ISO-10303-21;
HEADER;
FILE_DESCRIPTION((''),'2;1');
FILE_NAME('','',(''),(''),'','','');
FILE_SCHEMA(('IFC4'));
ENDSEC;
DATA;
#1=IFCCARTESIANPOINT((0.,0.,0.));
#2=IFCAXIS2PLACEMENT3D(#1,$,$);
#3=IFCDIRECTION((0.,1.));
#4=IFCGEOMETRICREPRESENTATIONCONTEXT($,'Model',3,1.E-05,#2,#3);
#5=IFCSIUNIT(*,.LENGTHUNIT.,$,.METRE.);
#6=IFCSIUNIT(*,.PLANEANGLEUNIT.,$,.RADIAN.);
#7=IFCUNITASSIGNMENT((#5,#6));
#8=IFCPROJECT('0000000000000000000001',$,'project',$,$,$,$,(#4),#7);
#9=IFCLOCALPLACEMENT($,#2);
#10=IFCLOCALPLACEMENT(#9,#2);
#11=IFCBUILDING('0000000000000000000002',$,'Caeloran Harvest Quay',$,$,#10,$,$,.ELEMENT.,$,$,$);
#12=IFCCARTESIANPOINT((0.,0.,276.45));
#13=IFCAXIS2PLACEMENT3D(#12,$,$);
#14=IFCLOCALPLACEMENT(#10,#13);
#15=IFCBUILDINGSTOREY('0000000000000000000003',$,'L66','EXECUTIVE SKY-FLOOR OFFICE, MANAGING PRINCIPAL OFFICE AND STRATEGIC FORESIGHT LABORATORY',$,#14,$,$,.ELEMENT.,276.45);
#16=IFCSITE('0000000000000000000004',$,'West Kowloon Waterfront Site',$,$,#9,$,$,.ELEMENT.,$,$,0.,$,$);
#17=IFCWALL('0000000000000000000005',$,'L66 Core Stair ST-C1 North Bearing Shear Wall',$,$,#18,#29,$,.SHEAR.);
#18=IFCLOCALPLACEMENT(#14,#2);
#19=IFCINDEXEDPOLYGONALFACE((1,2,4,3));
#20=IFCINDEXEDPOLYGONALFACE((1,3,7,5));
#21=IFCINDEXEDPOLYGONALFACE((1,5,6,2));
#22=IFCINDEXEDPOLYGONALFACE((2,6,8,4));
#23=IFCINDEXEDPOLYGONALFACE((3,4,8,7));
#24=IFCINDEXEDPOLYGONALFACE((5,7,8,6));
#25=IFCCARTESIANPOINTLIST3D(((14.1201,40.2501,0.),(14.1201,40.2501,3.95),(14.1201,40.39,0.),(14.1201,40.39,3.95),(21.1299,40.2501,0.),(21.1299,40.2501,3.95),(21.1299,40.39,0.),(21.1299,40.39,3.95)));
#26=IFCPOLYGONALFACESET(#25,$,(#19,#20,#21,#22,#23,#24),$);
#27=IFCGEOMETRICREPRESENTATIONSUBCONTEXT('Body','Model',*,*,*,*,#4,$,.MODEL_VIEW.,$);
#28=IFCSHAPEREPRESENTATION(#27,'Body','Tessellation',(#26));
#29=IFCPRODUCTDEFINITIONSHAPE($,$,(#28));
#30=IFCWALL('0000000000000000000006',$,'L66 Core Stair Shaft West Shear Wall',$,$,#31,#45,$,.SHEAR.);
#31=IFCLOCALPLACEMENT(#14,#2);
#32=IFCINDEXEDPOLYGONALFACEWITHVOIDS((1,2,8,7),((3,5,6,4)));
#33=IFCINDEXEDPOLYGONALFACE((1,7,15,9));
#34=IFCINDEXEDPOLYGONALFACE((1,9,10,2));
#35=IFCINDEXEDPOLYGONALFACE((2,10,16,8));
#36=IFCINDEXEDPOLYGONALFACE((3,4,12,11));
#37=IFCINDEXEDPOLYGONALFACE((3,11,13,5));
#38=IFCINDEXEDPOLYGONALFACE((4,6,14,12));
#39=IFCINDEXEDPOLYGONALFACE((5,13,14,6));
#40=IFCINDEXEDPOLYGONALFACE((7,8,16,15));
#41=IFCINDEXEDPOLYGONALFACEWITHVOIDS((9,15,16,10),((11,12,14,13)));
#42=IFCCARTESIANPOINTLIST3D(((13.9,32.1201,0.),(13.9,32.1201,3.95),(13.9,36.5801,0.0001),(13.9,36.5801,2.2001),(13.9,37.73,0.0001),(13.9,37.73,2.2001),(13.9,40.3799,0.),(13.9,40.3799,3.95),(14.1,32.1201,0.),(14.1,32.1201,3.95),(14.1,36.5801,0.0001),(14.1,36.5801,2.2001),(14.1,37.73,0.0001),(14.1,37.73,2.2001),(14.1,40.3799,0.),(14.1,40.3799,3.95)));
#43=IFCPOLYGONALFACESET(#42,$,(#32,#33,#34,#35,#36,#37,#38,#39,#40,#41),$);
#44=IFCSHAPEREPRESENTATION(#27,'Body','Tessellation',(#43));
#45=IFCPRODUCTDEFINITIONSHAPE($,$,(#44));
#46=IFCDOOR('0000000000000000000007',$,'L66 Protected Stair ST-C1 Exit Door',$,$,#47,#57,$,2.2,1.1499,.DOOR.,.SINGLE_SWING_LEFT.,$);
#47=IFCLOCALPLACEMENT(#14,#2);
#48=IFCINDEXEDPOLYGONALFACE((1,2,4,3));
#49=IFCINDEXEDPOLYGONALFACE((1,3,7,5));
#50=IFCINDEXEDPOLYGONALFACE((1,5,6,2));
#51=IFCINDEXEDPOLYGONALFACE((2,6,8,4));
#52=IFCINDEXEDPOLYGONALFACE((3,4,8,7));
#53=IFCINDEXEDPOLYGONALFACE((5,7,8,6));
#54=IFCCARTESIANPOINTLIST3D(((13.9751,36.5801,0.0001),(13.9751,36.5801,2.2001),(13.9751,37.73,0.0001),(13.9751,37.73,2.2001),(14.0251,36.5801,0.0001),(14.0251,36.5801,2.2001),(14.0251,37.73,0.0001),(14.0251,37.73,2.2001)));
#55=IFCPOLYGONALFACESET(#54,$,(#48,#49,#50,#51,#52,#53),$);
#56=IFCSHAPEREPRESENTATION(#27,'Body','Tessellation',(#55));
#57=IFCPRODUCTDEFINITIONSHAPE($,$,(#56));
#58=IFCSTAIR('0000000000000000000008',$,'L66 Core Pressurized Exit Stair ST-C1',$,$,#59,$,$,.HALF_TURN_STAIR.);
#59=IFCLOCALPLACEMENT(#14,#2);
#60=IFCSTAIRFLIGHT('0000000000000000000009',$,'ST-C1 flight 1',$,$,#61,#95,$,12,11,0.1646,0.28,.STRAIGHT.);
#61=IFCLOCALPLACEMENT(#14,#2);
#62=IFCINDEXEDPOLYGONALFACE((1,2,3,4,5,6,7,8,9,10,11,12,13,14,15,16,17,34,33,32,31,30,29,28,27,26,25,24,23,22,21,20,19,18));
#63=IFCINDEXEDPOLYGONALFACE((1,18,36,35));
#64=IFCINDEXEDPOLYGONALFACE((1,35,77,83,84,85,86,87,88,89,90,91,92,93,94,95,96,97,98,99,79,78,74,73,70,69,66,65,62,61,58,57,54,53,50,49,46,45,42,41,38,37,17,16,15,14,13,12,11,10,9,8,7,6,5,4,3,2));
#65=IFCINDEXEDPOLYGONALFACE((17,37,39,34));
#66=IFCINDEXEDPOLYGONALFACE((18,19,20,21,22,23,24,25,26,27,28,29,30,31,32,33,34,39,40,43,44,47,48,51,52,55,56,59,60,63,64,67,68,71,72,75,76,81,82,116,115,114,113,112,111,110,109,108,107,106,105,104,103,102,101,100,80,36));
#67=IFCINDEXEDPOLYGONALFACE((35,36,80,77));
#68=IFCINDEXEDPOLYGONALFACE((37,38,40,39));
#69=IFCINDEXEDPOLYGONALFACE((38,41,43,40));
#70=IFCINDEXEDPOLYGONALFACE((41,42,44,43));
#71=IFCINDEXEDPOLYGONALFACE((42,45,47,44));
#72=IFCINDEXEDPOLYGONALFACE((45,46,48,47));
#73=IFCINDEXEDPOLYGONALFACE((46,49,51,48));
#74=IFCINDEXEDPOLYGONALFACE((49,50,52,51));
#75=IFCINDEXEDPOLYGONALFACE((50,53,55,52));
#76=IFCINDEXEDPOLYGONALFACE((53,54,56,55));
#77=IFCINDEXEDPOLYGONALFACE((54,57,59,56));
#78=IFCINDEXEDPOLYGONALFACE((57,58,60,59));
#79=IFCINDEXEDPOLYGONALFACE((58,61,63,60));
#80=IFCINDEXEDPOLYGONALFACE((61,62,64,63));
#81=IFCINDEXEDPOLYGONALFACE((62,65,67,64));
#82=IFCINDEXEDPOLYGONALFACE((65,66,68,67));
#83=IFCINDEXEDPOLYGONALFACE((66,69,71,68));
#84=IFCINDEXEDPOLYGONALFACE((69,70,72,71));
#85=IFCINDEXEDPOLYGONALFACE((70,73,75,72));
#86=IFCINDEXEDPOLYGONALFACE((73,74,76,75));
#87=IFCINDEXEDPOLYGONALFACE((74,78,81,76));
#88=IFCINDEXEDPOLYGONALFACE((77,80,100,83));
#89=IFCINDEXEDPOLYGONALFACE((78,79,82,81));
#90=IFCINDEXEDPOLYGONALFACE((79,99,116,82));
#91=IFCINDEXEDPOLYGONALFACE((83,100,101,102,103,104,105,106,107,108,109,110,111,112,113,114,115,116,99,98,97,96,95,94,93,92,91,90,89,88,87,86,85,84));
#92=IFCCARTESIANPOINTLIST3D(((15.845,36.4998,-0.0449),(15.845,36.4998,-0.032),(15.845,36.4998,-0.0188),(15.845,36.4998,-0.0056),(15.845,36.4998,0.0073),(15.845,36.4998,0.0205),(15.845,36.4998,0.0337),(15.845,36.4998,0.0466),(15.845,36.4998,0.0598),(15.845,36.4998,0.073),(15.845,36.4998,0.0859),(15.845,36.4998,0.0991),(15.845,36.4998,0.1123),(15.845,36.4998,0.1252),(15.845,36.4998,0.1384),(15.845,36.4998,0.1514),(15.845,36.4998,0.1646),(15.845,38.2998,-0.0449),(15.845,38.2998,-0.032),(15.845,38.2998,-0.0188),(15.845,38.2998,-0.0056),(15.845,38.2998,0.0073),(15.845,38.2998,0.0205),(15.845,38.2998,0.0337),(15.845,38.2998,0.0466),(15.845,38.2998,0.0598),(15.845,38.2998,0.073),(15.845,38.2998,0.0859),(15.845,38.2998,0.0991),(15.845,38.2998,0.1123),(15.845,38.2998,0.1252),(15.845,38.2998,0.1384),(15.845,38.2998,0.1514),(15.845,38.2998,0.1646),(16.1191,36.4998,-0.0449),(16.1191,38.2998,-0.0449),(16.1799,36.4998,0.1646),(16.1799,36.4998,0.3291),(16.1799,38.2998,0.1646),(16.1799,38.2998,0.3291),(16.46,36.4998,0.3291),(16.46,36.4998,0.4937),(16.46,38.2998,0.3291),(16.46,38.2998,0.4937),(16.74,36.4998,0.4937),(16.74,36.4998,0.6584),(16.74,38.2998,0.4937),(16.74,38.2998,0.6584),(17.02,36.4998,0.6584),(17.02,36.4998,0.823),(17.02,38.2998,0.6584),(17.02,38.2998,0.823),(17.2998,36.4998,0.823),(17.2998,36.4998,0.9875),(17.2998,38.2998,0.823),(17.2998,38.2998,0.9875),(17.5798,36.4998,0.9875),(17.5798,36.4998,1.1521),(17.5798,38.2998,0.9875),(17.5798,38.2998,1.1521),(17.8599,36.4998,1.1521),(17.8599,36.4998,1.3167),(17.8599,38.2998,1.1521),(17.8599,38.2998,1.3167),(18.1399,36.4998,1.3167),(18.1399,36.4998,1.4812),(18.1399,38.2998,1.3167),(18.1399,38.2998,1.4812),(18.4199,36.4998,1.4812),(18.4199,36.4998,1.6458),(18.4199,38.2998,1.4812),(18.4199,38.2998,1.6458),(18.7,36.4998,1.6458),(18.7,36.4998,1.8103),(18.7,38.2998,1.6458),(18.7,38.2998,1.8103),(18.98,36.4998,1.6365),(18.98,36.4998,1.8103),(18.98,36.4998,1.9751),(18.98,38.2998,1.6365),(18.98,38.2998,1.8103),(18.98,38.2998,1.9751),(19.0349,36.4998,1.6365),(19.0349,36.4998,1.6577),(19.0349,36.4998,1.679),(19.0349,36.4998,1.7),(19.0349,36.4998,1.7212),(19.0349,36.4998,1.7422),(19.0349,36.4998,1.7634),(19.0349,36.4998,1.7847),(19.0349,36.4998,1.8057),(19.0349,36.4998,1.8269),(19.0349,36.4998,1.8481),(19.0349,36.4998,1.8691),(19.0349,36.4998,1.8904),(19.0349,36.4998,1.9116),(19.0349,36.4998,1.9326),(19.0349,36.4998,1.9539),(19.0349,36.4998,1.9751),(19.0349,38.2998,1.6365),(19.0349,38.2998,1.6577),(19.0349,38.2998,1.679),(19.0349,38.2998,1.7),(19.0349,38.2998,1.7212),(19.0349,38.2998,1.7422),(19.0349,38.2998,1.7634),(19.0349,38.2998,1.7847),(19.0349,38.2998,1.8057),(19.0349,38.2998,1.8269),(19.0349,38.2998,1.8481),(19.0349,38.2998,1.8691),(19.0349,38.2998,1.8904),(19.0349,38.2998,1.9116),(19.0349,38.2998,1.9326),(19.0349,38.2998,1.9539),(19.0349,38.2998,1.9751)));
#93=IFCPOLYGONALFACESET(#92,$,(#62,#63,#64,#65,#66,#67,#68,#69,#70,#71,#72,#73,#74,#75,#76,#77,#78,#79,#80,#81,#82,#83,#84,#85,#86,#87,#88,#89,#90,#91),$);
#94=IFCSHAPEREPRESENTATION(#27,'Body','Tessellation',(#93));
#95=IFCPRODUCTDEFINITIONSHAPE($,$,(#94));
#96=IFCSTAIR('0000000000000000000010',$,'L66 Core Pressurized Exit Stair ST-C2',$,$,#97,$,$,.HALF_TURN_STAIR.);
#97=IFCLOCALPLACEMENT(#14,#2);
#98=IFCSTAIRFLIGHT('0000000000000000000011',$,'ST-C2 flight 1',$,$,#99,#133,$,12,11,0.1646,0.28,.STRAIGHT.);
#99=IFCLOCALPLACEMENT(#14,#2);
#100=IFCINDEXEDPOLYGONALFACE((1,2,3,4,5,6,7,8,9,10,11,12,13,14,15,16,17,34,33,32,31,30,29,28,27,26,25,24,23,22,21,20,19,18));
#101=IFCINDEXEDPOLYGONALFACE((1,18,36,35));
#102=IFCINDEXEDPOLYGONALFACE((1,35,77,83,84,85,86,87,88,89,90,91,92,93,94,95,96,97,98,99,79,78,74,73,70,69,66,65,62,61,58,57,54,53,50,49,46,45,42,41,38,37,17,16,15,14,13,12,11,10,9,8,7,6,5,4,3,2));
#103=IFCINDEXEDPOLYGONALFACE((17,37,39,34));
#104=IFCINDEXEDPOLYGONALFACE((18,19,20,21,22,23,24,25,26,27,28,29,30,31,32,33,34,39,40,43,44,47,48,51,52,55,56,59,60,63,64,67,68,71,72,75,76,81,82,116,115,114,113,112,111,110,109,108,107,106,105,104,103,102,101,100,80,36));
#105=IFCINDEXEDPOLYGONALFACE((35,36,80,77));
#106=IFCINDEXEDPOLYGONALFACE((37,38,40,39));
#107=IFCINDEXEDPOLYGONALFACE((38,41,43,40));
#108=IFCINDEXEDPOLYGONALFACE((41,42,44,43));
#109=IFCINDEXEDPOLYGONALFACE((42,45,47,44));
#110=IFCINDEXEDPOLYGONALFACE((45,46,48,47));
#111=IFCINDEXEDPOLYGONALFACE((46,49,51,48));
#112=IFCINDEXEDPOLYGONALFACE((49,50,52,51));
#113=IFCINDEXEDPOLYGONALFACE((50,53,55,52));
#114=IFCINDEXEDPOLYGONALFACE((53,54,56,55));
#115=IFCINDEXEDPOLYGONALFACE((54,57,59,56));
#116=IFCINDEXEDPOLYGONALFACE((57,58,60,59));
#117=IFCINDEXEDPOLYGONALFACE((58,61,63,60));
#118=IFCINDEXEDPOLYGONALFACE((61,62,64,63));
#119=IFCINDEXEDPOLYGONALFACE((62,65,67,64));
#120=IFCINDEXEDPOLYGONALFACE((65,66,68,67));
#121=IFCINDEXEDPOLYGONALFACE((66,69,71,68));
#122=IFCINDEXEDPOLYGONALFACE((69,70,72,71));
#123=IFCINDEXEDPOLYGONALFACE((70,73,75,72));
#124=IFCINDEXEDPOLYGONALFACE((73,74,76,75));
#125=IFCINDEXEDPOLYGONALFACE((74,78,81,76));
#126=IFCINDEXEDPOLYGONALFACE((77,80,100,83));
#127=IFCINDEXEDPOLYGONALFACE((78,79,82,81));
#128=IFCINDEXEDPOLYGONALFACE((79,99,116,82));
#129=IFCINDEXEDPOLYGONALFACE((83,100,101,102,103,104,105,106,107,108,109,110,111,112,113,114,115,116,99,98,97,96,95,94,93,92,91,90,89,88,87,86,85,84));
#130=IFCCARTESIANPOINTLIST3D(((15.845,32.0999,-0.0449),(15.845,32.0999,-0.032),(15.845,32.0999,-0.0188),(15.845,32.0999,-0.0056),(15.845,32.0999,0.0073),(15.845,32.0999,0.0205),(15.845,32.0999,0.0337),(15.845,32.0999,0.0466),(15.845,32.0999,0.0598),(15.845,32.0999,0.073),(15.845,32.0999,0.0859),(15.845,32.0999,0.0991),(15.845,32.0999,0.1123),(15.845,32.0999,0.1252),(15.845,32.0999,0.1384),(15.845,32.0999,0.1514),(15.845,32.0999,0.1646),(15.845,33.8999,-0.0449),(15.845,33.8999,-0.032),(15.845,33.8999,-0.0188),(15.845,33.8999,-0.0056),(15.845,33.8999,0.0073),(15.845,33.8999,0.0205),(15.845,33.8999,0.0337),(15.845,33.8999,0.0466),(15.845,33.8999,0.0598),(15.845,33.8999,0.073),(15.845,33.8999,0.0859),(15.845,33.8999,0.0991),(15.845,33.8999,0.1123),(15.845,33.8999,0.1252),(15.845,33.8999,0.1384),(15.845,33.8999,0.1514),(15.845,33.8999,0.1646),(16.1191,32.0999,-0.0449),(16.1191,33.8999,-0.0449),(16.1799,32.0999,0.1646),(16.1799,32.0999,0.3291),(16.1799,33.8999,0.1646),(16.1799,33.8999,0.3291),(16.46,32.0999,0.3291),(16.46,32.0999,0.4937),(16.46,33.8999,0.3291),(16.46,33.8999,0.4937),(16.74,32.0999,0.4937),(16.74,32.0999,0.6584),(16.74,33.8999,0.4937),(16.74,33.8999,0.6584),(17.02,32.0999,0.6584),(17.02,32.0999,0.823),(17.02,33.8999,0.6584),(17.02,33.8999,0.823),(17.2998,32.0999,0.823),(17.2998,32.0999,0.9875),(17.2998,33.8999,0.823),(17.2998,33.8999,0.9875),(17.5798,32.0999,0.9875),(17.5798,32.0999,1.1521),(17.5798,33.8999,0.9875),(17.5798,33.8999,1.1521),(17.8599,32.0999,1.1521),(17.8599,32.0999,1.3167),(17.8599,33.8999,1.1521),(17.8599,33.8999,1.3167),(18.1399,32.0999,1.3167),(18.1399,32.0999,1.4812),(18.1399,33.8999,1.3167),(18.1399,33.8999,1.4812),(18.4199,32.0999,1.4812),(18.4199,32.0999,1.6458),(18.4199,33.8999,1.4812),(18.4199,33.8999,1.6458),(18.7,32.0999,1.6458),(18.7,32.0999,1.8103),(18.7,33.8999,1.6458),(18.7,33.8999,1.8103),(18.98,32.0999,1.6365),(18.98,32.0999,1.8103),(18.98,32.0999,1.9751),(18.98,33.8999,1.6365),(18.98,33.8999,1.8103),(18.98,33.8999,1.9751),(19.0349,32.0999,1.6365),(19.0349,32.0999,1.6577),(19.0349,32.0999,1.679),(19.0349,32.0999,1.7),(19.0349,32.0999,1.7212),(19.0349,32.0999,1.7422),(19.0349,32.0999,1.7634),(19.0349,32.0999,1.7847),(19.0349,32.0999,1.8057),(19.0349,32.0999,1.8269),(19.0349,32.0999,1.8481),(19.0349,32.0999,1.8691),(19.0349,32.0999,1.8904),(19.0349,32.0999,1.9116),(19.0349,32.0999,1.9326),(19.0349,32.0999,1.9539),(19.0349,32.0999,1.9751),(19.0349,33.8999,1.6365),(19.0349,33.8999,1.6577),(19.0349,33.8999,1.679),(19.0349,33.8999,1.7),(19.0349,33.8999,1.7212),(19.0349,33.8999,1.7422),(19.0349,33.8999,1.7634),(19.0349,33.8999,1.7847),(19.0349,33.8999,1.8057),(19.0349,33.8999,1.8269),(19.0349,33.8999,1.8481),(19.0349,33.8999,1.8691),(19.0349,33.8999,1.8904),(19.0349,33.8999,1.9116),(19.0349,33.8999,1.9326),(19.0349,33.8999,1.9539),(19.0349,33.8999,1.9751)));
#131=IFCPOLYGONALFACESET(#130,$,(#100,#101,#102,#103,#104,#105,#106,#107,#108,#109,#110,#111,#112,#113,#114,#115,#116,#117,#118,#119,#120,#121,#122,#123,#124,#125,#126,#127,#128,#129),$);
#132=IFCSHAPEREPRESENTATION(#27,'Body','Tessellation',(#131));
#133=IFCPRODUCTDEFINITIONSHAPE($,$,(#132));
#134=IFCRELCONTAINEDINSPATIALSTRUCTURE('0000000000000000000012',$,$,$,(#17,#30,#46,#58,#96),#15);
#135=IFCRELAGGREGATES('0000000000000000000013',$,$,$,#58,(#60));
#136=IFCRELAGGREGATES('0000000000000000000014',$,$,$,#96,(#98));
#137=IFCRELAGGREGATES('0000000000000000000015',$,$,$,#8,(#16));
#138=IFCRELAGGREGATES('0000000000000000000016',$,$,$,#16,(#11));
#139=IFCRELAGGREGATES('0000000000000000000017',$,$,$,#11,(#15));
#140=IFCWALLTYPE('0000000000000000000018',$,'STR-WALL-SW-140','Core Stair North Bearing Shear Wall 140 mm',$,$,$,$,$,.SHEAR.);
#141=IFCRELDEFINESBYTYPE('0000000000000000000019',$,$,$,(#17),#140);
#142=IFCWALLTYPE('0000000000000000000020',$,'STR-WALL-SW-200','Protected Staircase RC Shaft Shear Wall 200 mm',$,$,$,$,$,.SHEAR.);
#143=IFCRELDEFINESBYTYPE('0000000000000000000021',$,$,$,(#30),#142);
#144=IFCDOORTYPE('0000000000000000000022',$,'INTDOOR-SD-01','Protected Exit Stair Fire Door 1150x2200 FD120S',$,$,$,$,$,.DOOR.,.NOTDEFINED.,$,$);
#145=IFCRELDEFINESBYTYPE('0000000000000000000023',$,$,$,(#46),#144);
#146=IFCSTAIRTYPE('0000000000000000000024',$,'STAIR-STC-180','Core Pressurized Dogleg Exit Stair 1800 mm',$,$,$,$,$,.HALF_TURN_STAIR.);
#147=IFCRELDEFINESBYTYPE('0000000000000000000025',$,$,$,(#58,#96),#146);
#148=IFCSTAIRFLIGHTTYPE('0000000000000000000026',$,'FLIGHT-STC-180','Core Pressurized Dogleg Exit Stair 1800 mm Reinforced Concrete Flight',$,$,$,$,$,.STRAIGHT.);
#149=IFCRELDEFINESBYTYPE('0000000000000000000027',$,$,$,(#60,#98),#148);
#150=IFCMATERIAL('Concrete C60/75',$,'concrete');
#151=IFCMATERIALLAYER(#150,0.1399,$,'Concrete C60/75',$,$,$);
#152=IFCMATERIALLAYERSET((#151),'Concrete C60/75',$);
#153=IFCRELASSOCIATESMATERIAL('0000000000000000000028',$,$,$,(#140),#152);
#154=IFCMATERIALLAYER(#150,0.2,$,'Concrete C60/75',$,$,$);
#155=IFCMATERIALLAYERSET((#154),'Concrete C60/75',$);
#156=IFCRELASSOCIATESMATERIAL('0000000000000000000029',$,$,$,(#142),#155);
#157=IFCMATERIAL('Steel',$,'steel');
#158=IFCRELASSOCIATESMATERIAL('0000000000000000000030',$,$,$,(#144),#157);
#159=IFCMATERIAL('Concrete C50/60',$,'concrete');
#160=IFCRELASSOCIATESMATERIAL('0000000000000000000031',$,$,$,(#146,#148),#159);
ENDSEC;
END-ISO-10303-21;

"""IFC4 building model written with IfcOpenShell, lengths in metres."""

from ifc_helpers import new_model, si_unit, direction, frame, frame_2d, origin, place, context, subcontext, project, spatial, polyline, rectangle, outline, extrude, material, layer, layer_set, type_object, element, fill, aggregate, save


model = new_model("IFC4")

# Units and contexts
model_context = context("Model", 3, precision=1e-05, world=origin(), true_north=direction((0.0, 1.0)))
body_context = subcontext(model_context, "Body", "Model", "MODEL_VIEW")
ifc_project = project(units=[si_unit("LENGTHUNIT", "METRE"), si_unit("PLANEANGLEUNIT", "RADIAN")], contexts=[model_context])

# Site, building, storey
site_placement = place(None, origin())
site = spatial("IfcSite", under=ifc_project, at=site_placement, Name="West Kowloon Waterfront Site", CompositionType="ELEMENT", RefElevation=0.0)
building_placement = place(site_placement, origin())
building = spatial("IfcBuilding", under=site, at=building_placement, Name="Caeloran Harvest Quay", CompositionType="ELEMENT")
storey_placement = place(building_placement, frame((0.0, 0.0, 276.45)))
storey = spatial("IfcBuildingStorey", under=building, at=storey_placement, Name="L66", Description="EXECUTIVE SKY-FLOOR OFFICE, MANAGING PRINCIPAL OFFICE AND STRATEGIC FORESIGHT LABORATORY", CompositionType="ELEMENT", Elevation=276.45)

# Wall
ifc_material_1 = material(Name="Concrete C60/75", Category="concrete")
ifc_layer_1 = layer(ifc_material_1, 0.1399, Name="Concrete C60/75")
ifc_layer_set_1 = layer_set([ifc_layer_1], Name="Concrete C60/75")
wall_type_1 = type_object("IfcWallType", Name="STR-WALL-SW-140", Description="Core Stair North Bearing Shear Wall 140 mm", PredefinedType="SHEAR", material=ifc_layer_set_1)
wall_1_placement = place(storey_placement, frame((14.1201, 40.3201, 0.0), z_axis=(0.0, 0.0, 1.0), x_axis=(1.0, 0.0, 0.0)))
element("IfcWall", 1, at=wall_1_placement, inside=storey, type_object=wall_type_1, Name="L66 Core Stair ST-C1 North Bearing Shear Wall", PredefinedType="SHEAR", context=body_context, shape_type="SweptSolid", body=[
    extrude(rectangle(XDim=7.0098, YDim=0.1399, at=frame_2d((3.5049, 0.0))), origin(), (0.0, 0.0, 1.0), 3.95),
])

# Wall, opening, door
ifc_layer_2 = layer(ifc_material_1, 0.2, Name="Concrete C60/75")
ifc_layer_set_2 = layer_set([ifc_layer_2], Name="Concrete C60/75")
wall_type_2 = type_object("IfcWallType", Name="STR-WALL-SW-200", Description="Protected Staircase RC Shaft Shear Wall 200 mm", PredefinedType="SHEAR", material=ifc_layer_set_2)
wall_2_placement = place(storey_placement, frame((14.0, 32.1201, 0.0), z_axis=(0.0, 0.0, 1.0), x_axis=(0.0, 1.0, 0.0)))
wall_2 = element("IfcWall", 2, at=wall_2_placement, inside=storey, type_object=wall_type_2, Name="L66 Core Stair Shaft West Shear Wall", PredefinedType="SHEAR", context=body_context, shape_type="SweptSolid", body=[
    extrude(rectangle(XDim=8.2598, YDim=0.2, at=frame_2d((4.1299, 0.0))), origin(), (0.0, 0.0, 1.0), 3.95),
])
opening_1_placement = place(wall_2_placement, frame((4.46, 0.0, 0.0)))
opening_1 = element("IfcOpeningElement", 3, at=opening_1_placement, cuts=wall_2, PredefinedType="OPENING", context=body_context, shape_type="SweptSolid", body=[
    extrude(rectangle(XDim=1.1499, YDim=2.2, at=frame_2d((0.575, 1.1001))), frame((0.0, 0.1099, 0.0), z_axis=(0.0, -1.0, 0.0), x_axis=(1.0, 0.0, 0.0)), (0.0, 0.0, 1.0), 0.22),
])
ifc_material_2 = material(Name="Steel", Category="steel")
door_type_1 = type_object("IfcDoorType", Name="INTDOOR-SD-01", Description="Protected Exit Stair Fire Door 1150x2200 FD120S", OperationType="NOTDEFINED", PredefinedType="DOOR", material=ifc_material_2)
door_1_placement = place(opening_1_placement, origin())
door_1 = element("IfcDoor", 4, at=door_1_placement, inside=storey, type_object=door_type_1, Name="L66 Protected Stair ST-C1 Exit Door", OperationType="SINGLE_SWING_LEFT", OverallHeight=2.2, OverallWidth=1.1499, PredefinedType="DOOR", context=body_context, shape_type="SweptSolid", body=[
    extrude(rectangle(XDim=1.1499, YDim=2.2, at=frame_2d((0.575, 1.1001))), frame((0.0, 0.0249, 0.0), z_axis=(0.0, -1.0, 0.0), x_axis=(1.0, 0.0, 0.0)), (0.0, 0.0, 1.0), 0.05),
])
fill(opening_1, door_1)

# Stairs, stair flights
ifc_material_3 = material(Name="Concrete C50/60", Category="concrete")
stair_type = type_object("IfcStairType", Name="STAIR-STC-180", Description="Core Pressurized Dogleg Exit Stair 1800 mm", PredefinedType="HALF_TURN_STAIR", material=ifc_material_3)
stair_1_placement = place(storey_placement, origin())
stair_1 = element("IfcStair", 5, at=stair_1_placement, inside=storey, type_object=stair_type, Name="L66 Core Pressurized Exit Stair ST-C1", PredefinedType="HALF_TURN_STAIR")
stair_flight_type = type_object("IfcStairFlightType", Name="FLIGHT-STC-180", Description="Core Pressurized Dogleg Exit Stair 1800 mm Reinforced Concrete Flight", PredefinedType="STRAIGHT", material=ifc_material_3)
stair_flight_1_placement = place(storey_placement, frame((15.8999, 37.3999, 0.0), z_axis=(0.0, 0.0, 1.0), x_axis=(1.0, 0.0, 0.0)))
stair_flight_1 = element("IfcStairFlight", 6, at=stair_flight_1_placement, type_object=stair_flight_type, Name="ST-C1 flight 1", NumberOfRisers=12, NumberOfTreads=11, PredefinedType="STRAIGHT", RiserHeight=0.1646, TreadLength=0.28, context=body_context, shape_type="SweptSolid", body=[
    extrude(outline(polyline([(-0.0549, -0.0449), (-0.0549, -0.032), (-0.0549, -0.0188), (-0.0549, -0.0056), (-0.0549, 0.0073), (-0.0549, 0.0205), (-0.0549, 0.0337), (-0.0549, 0.0466), (-0.0549, 0.0598), (-0.0549, 0.073), (-0.0549, 0.0859), (-0.0549, 0.0991), (-0.0549, 0.1123), (-0.0549, 0.1252), (-0.0549, 0.1384), (-0.0549, 0.1514), (-0.0549, 0.1646), (0.28, 0.1646), (0.28, 0.3291), (0.5601, 0.3291), (0.5601, 0.4937), (0.8401, 0.4937), (0.8401, 0.6584), (1.1201, 0.6584), (1.1201, 0.823), (1.3999, 0.823), (1.3999, 0.9875), (1.6799, 0.9875), (1.6799, 1.1521), (1.96, 1.1521), (1.96, 1.3167), (2.24, 1.3167), (2.24, 1.4812), (2.52, 1.4812), (2.52, 1.6458), (2.8, 1.6458), (2.8, 1.8103), (3.0801, 1.8103), (3.0801, 1.9751), (3.135, 1.9751), (3.135, 1.9539), (3.135, 1.9326), (3.135, 1.9116), (3.135, 1.8904), (3.135, 1.8691), (3.135, 1.8481), (3.135, 1.8269), (3.135, 1.8057), (3.135, 1.7847), (3.135, 1.7634), (3.135, 1.7422), (3.135, 1.7212), (3.135, 1.7), (3.135, 1.679), (3.135, 1.6577), (3.135, 1.6365), (3.0801, 1.6365), (0.2192, -0.0449), (-0.0549, -0.0449)])), frame((0.0, 0.8999, 0.0), z_axis=(0.0, -1.0, 0.0), x_axis=(1.0, 0.0, 0.0)), (0.0, 0.0, 1.0), 1.8),
])
aggregate(stair_1, [stair_flight_1])
stair_2_placement = place(storey_placement, origin())
stair_2 = element("IfcStair", 7, at=stair_2_placement, inside=storey, type_object=stair_type, Name="L66 Core Pressurized Exit Stair ST-C2", PredefinedType="HALF_TURN_STAIR")
stair_flight_2_placement = place(storey_placement, frame((15.8999, 33.0, 0.0), z_axis=(0.0, 0.0, 1.0), x_axis=(1.0, 0.0, 0.0)))
stair_flight_2 = element("IfcStairFlight", 8, at=stair_flight_2_placement, type_object=stair_flight_type, Name="ST-C2 flight 1", NumberOfRisers=12, NumberOfTreads=11, PredefinedType="STRAIGHT", RiserHeight=0.1646, TreadLength=0.28, context=body_context, shape_type="SweptSolid", body=[
    extrude(outline(polyline([(-0.0549, -0.0449), (-0.0549, -0.032), (-0.0549, -0.0188), (-0.0549, -0.0056), (-0.0549, 0.0073), (-0.0549, 0.0205), (-0.0549, 0.0337), (-0.0549, 0.0466), (-0.0549, 0.0598), (-0.0549, 0.073), (-0.0549, 0.0859), (-0.0549, 0.0991), (-0.0549, 0.1123), (-0.0549, 0.1252), (-0.0549, 0.1384), (-0.0549, 0.1514), (-0.0549, 0.1646), (0.28, 0.1646), (0.28, 0.3291), (0.5601, 0.3291), (0.5601, 0.4937), (0.8401, 0.4937), (0.8401, 0.6584), (1.1201, 0.6584), (1.1201, 0.823), (1.3999, 0.823), (1.3999, 0.9875), (1.6799, 0.9875), (1.6799, 1.1521), (1.96, 1.1521), (1.96, 1.3167), (2.24, 1.3167), (2.24, 1.4812), (2.52, 1.4812), (2.52, 1.6458), (2.8, 1.6458), (2.8, 1.8103), (3.0801, 1.8103), (3.0801, 1.9751), (3.135, 1.9751), (3.135, 1.9539), (3.135, 1.9326), (3.135, 1.9116), (3.135, 1.8904), (3.135, 1.8691), (3.135, 1.8481), (3.135, 1.8269), (3.135, 1.8057), (3.135, 1.7847), (3.135, 1.7634), (3.135, 1.7422), (3.135, 1.7212), (3.135, 1.7), (3.135, 1.679), (3.135, 1.6577), (3.135, 1.6365), (3.0801, 1.6365), (0.2192, -0.0449), (-0.0549, -0.0449)])), frame((0.0, 0.8999, 0.0), z_axis=(0.0, -1.0, 0.0), x_axis=(1.0, 0.0, 0.0)), (0.0, 0.0, 1.0), 1.8),
])
aggregate(stair_2, [stair_flight_2])

save(model, "model.ifc")
